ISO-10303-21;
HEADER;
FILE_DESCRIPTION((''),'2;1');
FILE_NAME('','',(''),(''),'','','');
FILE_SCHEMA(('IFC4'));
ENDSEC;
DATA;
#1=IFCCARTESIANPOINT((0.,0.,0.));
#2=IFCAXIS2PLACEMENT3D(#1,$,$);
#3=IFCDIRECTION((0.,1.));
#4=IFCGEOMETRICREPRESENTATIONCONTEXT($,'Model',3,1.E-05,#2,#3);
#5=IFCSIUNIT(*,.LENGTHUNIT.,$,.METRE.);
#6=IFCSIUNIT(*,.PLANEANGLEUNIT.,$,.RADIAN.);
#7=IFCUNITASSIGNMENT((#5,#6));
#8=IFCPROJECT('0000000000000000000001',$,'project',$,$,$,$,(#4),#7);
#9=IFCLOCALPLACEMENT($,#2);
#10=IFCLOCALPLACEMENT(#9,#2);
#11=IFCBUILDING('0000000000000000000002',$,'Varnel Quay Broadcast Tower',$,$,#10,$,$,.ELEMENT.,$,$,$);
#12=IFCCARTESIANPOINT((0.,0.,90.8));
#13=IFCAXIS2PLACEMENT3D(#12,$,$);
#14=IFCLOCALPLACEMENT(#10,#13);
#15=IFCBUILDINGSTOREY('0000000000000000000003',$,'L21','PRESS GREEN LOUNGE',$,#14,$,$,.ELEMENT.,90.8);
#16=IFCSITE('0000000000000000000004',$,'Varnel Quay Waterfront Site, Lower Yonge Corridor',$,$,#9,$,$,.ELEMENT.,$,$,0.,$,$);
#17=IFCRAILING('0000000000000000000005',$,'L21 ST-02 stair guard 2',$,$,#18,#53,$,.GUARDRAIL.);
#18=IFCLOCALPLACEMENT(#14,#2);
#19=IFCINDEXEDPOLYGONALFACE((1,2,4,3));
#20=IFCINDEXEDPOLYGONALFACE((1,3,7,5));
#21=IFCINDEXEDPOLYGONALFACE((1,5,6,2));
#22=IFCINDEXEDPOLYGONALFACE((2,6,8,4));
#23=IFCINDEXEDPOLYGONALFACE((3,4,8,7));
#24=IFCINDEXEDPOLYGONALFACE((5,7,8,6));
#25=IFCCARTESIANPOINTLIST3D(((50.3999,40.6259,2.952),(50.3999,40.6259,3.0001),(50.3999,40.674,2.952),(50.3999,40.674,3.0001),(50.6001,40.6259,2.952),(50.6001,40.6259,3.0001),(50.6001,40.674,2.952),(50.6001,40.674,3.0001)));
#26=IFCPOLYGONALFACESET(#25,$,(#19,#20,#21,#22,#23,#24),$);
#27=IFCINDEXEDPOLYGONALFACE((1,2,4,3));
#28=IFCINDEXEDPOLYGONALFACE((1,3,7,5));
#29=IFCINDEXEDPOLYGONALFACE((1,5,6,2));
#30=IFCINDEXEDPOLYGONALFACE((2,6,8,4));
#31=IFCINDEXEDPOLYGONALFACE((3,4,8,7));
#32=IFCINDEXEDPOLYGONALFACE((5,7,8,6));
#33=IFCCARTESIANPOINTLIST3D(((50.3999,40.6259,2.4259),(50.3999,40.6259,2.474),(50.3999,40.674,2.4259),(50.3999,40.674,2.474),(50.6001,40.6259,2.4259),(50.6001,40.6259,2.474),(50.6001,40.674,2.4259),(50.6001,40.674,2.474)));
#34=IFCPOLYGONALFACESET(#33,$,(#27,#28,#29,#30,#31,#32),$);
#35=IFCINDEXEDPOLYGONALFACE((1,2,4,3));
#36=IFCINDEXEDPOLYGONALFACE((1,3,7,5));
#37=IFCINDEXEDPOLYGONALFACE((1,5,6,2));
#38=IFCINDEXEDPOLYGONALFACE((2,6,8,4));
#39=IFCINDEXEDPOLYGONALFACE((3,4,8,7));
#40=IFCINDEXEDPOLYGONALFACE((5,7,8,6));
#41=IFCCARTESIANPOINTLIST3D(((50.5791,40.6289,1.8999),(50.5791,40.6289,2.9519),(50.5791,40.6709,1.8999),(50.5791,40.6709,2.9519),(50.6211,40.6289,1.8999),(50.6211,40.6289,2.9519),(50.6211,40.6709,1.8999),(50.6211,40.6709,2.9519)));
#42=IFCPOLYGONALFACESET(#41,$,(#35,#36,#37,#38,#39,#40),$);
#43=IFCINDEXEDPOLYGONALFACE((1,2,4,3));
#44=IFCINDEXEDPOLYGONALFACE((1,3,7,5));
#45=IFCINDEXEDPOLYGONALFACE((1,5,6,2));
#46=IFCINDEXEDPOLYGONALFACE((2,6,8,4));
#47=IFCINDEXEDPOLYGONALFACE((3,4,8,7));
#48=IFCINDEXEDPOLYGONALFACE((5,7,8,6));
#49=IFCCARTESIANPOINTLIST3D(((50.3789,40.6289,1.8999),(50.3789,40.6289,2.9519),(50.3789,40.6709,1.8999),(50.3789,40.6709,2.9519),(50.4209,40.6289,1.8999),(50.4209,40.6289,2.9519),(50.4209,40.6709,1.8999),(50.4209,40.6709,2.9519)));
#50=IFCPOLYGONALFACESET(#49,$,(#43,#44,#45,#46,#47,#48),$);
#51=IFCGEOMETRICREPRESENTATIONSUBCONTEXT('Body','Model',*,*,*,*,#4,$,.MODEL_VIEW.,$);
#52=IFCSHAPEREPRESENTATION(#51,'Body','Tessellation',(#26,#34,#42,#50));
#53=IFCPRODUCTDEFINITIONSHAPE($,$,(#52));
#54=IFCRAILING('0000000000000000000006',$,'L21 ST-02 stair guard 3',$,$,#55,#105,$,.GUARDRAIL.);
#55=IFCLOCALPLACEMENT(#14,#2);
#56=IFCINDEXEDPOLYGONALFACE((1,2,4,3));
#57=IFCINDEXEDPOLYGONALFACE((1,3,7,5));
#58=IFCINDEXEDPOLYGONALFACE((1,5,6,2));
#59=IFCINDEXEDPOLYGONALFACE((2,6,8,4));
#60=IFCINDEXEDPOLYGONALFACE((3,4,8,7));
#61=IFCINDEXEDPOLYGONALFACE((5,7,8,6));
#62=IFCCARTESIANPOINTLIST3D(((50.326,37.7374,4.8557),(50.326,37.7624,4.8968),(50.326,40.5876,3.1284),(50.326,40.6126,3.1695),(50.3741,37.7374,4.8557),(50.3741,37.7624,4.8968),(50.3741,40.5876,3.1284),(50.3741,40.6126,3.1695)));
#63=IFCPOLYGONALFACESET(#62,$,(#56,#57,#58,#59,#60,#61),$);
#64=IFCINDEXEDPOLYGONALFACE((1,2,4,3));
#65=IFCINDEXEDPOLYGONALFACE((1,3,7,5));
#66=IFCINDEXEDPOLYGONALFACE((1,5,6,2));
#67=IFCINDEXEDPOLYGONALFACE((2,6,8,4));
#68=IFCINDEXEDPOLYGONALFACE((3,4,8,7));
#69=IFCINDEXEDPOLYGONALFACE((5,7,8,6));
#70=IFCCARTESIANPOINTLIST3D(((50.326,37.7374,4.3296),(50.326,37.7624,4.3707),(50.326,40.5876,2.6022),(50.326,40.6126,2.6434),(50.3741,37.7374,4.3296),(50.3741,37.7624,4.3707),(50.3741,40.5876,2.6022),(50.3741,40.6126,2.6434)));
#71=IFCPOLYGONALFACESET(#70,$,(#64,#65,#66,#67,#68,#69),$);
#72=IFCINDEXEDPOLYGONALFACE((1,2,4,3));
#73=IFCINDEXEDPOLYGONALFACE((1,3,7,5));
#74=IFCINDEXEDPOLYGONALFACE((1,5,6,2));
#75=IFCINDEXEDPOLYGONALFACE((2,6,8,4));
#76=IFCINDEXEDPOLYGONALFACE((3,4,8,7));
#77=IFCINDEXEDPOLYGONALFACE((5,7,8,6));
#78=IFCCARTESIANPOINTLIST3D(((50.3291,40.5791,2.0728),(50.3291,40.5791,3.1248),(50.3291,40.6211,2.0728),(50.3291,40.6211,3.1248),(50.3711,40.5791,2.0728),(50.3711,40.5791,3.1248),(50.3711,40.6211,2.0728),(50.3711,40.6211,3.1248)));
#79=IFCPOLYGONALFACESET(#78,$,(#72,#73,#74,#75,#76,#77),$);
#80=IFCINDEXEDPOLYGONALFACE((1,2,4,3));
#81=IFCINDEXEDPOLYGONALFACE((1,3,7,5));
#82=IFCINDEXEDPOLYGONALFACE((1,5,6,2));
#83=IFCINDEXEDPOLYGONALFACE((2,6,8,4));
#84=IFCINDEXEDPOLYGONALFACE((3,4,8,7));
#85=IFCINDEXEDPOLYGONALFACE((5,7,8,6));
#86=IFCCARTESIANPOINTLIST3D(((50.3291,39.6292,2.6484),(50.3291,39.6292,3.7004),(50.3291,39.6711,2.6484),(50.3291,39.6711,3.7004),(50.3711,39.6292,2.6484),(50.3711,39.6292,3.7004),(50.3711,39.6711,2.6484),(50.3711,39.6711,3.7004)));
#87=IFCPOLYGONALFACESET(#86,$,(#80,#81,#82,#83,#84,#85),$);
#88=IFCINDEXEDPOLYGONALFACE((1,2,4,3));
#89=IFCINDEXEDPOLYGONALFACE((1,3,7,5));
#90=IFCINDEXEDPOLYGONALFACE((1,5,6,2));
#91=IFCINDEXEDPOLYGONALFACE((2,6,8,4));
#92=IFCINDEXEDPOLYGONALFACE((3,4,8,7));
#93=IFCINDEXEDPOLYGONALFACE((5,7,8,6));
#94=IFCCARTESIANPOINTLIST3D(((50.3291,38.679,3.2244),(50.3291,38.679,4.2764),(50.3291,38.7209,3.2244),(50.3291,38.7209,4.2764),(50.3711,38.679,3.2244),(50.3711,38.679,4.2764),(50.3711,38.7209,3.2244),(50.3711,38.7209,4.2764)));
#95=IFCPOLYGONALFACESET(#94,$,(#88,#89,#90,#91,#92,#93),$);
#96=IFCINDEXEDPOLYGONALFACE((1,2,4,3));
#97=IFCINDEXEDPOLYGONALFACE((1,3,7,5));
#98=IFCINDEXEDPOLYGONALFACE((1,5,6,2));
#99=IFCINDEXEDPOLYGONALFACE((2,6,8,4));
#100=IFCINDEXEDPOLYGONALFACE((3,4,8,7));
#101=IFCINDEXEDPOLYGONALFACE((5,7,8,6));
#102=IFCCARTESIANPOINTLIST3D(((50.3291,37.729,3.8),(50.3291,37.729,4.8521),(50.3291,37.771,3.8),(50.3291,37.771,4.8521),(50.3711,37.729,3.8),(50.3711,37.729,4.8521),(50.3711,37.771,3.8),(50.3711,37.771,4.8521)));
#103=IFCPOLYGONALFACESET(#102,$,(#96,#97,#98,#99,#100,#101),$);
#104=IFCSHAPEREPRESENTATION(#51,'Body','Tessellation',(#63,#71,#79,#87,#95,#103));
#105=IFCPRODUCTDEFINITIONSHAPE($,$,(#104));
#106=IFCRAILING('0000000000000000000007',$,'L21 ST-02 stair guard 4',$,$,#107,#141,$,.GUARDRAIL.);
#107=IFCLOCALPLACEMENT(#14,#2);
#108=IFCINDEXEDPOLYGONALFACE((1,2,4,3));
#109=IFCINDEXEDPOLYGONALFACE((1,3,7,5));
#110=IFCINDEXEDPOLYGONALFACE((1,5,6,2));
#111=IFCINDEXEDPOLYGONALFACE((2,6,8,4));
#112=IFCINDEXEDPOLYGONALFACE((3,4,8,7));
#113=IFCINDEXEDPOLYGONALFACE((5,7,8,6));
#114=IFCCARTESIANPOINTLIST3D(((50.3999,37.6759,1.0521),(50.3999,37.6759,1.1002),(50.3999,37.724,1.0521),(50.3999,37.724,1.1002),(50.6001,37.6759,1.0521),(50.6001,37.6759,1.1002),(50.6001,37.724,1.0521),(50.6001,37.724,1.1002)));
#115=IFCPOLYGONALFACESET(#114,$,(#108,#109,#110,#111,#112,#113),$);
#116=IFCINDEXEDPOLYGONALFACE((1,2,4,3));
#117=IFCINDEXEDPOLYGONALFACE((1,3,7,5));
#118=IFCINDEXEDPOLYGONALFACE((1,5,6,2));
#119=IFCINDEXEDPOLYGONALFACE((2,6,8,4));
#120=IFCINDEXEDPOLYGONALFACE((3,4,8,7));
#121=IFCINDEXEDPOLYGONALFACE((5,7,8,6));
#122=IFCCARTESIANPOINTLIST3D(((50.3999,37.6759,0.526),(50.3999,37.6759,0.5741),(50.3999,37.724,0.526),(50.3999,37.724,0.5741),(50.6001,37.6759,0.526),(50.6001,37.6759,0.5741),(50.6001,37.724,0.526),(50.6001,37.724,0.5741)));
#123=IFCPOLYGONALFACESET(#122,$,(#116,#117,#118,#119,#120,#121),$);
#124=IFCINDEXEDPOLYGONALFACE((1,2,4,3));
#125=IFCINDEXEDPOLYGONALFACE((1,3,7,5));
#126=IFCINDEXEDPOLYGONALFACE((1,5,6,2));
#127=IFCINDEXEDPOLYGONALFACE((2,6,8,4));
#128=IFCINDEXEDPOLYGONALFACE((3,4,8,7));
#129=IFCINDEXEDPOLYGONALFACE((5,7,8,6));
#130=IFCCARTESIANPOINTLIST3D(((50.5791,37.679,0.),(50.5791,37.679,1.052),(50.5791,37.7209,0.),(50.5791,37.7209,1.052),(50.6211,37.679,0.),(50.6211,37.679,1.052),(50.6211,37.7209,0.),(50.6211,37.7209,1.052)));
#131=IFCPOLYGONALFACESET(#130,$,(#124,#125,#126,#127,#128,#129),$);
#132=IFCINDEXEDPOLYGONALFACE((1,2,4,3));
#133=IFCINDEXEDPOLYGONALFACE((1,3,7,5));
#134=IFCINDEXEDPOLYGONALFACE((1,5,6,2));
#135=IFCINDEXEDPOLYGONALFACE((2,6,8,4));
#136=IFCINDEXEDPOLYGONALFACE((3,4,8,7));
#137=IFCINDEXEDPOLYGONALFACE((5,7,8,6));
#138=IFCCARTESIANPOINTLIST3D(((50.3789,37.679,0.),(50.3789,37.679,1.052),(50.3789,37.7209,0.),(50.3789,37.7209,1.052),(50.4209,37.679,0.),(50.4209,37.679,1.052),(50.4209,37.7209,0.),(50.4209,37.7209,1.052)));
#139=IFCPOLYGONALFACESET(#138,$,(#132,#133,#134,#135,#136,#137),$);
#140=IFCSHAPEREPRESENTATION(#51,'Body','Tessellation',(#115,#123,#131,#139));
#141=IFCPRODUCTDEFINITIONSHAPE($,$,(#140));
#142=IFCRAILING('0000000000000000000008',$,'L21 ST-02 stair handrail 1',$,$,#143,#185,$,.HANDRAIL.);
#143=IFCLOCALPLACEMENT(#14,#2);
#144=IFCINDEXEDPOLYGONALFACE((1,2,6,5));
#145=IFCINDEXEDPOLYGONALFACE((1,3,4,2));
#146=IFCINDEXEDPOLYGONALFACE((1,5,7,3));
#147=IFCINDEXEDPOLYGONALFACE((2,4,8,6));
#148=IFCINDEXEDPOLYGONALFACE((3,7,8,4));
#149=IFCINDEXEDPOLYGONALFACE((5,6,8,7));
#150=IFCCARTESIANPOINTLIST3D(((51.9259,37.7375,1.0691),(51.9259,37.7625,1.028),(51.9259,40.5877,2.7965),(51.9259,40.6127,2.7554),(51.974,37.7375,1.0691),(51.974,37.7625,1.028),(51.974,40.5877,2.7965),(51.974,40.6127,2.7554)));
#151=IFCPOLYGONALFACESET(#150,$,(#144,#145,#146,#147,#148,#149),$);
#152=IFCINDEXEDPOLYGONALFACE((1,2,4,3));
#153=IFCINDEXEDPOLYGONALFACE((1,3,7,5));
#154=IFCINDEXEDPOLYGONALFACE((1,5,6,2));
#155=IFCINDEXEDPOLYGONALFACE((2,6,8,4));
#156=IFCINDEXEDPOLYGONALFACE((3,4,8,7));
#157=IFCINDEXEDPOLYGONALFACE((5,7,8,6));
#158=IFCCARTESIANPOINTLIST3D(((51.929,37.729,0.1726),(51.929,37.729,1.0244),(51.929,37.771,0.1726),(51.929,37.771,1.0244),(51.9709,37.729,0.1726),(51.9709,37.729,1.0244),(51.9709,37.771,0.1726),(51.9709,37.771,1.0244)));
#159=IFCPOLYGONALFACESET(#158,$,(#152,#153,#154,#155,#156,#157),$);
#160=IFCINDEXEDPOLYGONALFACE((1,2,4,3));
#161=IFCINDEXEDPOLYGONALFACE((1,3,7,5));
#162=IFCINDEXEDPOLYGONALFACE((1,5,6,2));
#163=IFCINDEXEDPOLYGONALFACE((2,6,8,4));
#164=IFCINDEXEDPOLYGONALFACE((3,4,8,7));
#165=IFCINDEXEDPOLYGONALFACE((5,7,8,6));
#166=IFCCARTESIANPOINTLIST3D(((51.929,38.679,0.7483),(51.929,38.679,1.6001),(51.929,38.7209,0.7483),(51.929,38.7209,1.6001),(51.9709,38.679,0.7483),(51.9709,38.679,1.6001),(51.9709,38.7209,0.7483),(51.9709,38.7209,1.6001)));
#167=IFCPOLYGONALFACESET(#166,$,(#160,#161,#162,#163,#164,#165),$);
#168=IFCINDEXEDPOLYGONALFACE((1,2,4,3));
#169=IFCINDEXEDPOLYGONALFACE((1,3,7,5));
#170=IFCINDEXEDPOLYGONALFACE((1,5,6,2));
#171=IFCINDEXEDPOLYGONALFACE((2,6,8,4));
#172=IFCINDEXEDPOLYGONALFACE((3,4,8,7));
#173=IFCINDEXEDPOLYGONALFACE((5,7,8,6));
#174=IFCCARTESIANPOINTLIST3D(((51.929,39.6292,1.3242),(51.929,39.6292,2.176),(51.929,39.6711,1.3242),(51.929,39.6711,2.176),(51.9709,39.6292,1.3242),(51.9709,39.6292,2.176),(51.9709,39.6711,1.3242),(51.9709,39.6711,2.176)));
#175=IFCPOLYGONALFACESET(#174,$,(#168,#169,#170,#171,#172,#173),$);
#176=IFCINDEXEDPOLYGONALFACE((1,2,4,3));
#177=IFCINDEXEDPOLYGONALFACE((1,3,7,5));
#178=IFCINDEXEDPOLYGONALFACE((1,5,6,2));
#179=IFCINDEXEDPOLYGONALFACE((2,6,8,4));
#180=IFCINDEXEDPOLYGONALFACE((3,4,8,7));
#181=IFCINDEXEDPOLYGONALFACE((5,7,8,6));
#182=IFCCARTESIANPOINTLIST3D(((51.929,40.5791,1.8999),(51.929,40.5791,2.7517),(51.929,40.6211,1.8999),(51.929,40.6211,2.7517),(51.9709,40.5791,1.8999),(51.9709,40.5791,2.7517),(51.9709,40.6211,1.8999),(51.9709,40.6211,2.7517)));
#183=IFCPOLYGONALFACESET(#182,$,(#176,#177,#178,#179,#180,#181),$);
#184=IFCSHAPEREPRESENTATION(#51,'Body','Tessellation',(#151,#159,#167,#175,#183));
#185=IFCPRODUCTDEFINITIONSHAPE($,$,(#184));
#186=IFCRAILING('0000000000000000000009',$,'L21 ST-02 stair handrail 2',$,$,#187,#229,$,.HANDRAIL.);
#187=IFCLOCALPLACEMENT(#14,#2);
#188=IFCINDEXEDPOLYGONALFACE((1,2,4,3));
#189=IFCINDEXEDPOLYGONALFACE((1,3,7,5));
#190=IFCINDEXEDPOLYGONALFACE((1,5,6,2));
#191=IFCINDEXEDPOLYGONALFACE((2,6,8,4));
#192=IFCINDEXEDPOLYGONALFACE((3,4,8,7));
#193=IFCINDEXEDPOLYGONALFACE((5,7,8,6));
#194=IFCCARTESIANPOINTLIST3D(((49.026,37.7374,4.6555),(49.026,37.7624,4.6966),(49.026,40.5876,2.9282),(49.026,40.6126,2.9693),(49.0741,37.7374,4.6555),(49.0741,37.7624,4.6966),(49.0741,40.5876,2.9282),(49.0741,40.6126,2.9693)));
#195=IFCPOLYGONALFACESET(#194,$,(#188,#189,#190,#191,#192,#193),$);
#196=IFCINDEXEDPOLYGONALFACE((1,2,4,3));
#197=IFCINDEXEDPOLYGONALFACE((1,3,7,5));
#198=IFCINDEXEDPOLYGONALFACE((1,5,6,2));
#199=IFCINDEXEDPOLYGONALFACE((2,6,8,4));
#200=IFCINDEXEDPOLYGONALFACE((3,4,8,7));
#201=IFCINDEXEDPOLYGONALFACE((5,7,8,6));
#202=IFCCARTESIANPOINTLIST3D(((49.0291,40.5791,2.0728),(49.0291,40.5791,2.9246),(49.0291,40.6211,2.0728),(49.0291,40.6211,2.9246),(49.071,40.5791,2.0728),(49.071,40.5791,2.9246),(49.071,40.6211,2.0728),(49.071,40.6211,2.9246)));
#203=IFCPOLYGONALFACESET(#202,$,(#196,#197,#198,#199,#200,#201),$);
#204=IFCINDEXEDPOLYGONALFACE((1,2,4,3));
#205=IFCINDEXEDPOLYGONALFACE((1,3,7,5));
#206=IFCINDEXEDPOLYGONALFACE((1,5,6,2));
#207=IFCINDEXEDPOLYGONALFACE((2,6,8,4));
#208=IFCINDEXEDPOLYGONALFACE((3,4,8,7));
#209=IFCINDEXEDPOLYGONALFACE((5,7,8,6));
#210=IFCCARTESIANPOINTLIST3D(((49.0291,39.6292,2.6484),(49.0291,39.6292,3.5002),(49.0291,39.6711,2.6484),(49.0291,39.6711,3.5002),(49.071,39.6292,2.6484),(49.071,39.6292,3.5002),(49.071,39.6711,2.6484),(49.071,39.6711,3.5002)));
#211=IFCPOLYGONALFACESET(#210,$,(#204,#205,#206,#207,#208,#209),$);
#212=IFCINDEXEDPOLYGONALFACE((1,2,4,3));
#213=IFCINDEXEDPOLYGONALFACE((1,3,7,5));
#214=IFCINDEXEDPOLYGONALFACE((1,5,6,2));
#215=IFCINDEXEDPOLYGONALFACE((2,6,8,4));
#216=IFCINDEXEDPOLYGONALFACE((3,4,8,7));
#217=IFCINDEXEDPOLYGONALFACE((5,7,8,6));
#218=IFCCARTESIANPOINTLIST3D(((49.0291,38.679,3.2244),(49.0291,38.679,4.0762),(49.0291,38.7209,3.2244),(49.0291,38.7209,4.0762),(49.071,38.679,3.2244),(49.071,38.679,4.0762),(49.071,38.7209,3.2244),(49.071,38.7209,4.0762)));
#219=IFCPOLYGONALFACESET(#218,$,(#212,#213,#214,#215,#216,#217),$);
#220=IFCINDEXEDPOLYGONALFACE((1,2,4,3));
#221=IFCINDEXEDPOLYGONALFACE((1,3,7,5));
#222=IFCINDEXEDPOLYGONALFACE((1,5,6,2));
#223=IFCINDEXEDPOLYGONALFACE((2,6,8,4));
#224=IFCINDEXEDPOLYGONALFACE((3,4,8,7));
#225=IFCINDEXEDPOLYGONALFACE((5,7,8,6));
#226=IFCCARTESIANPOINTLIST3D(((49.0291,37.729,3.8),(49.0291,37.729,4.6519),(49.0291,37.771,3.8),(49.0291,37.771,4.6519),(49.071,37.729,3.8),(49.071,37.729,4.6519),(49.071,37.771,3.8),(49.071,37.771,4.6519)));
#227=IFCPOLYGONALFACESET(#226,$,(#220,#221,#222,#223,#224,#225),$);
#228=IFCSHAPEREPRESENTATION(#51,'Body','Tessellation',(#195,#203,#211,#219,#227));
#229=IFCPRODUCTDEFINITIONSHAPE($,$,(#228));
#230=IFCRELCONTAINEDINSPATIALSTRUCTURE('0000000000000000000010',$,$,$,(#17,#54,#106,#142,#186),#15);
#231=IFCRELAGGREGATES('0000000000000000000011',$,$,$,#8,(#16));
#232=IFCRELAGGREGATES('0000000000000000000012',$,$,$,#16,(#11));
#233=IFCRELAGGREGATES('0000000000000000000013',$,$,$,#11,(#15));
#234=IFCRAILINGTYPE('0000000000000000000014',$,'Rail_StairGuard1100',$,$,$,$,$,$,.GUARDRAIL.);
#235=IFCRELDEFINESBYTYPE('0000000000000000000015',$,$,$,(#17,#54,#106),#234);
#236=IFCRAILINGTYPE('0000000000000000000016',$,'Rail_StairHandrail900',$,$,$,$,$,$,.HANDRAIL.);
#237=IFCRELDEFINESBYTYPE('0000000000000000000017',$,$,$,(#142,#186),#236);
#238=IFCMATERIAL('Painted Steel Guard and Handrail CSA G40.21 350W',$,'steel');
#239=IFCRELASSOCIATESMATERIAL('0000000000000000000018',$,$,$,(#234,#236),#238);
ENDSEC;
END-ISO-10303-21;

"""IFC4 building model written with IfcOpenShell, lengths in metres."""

from ifc_helpers import new_model, si_unit, direction, frame, origin, origin_2d, place, context, subcontext, project, spatial, rectangle, extrude, material, type_object, element, save


model = new_model("IFC4")

# Units and contexts
model_context = context("Model", 3, precision=1e-05, world=origin(), true_north=direction((0.0, 1.0)))
body_context = subcontext(model_context, "Body", "Model", "MODEL_VIEW")
ifc_project = project(units=[si_unit("LENGTHUNIT", "METRE"), si_unit("PLANEANGLEUNIT", "RADIAN")], contexts=[model_context])

# Site, building, storey
site_placement = place(None, origin())
site = spatial("IfcSite", under=ifc_project, at=site_placement, Name="Varnel Quay Waterfront Site, Lower Yonge Corridor", CompositionType="ELEMENT", RefElevation=0.0)
building_placement = place(site_placement, origin())
building = spatial("IfcBuilding", under=site, at=building_placement, Name="Varnel Quay Broadcast Tower", CompositionType="ELEMENT")
storey_placement = place(building_placement, frame((0.0, 0.0, 90.8)))
storey = spatial("IfcBuildingStorey", under=building, at=storey_placement, Name="L21", Description="PRESS GREEN LOUNGE", CompositionType="ELEMENT", Elevation=90.8)

# Railings
ifc_material_1 = material(Name="Painted Steel Guard and Handrail CSA G40.21 350W", Category="steel")
railing_type_1 = type_object("IfcRailingType", Name="Rail_StairGuard1100", PredefinedType="GUARDRAIL", material=ifc_material_1)
railing_1_placement = place(storey_placement, frame((50.6001, 40.6499, 1.8999)))
element("IfcRailing", 1, at=railing_1_placement, inside=storey, type_object=railing_type_1, Name="L21 ST-02 stair guard 2", PredefinedType="GUARDRAIL", context=body_context, shape_type="SweptSolid", body=[
    extrude(rectangle(XDim=0.0481, YDim=0.0481, at=origin_2d()), frame((0.0, 0.0, 1.0762), z_axis=(-1.0, 0.0, 0.0), x_axis=(0.0, -1.0, 0.0)), (0.0, 0.0, 1.0), 0.2002),
    extrude(rectangle(XDim=0.0481, YDim=0.0481, at=origin_2d()), frame((0.0, 0.0, 0.55), z_axis=(-1.0, 0.0, 0.0), x_axis=(0.0, -1.0, 0.0)), (0.0, 0.0, 1.0), 0.2002),
    extrude(rectangle(XDim=0.042, YDim=0.042, at=origin_2d()), origin(), (0.0, 0.0, 1.0), 1.052),
    extrude(rectangle(XDim=0.042, YDim=0.042, at=origin_2d()), frame((-0.2002, 0.0, 0.0)), (0.0, 0.0, 1.0), 1.052),
])
railing_2_placement = place(storey_placement, frame((50.3501, 40.6001, 2.0728)))
element("IfcRailing", 2, at=railing_2_placement, inside=storey, type_object=railing_type_1, Name="L21 ST-02 stair guard 3", PredefinedType="GUARDRAIL", context=body_context, shape_type="SweptSolid", body=[
    extrude(rectangle(XDim=0.0481, YDim=0.0481, at=origin_2d()), frame((0.0, 0.0, 1.0762), z_axis=(0.0, -0.855203, 0.518294), x_axis=(1.0, 0.0, 0.0)), (0.0, 0.0, 1.0), 3.3328),
    extrude(rectangle(XDim=0.0481, YDim=0.0481, at=origin_2d()), frame((0.0, 0.0, 0.55), z_axis=(0.0, -0.855203, 0.518294), x_axis=(1.0, 0.0, 0.0)), (0.0, 0.0, 1.0), 3.3328),
    extrude(rectangle(XDim=0.042, YDim=0.042, at=origin_2d()), origin(), (0.0, 0.0, 1.0), 1.052),
    extrude(rectangle(XDim=0.042, YDim=0.042, at=origin_2d()), frame((0.0, -0.95, 0.5757)), (0.0, 0.0, 1.0), 1.052),
    extrude(rectangle(XDim=0.042, YDim=0.042, at=origin_2d()), frame((0.0, -1.9001, 1.1516)), (0.0, 0.0, 1.0), 1.052),
    extrude(rectangle(XDim=0.042, YDim=0.042, at=origin_2d()), frame((0.0, -2.8501, 1.7273)), (0.0, 0.0, 1.0), 1.052),
])
railing_3_placement = place(storey_placement, frame((50.6001, 37.7, 0.0)))
element("IfcRailing", 3, at=railing_3_placement, inside=storey, type_object=railing_type_1, Name="L21 ST-02 stair guard 4", PredefinedType="GUARDRAIL", context=body_context, shape_type="SweptSolid", body=[
    extrude(rectangle(XDim=0.0481, YDim=0.0481, at=origin_2d()), frame((0.0, 0.0, 1.0762), z_axis=(-1.0, 0.0, 0.0), x_axis=(0.0, -1.0, 0.0)), (0.0, 0.0, 1.0), 0.2002),
    extrude(rectangle(XDim=0.0481, YDim=0.0481, at=origin_2d()), frame((0.0, 0.0, 0.55), z_axis=(-1.0, 0.0, 0.0), x_axis=(0.0, -1.0, 0.0)), (0.0, 0.0, 1.0), 0.2002),
    extrude(rectangle(XDim=0.042, YDim=0.042, at=origin_2d()), origin(), (0.0, 0.0, 1.0), 1.052),
    extrude(rectangle(XDim=0.042, YDim=0.042, at=origin_2d()), frame((-0.2002, 0.0, 0.0)), (0.0, 0.0, 1.0), 1.052),
])
railing_type_2 = type_object("IfcRailingType", Name="Rail_StairHandrail900", PredefinedType="HANDRAIL", material=ifc_material_1)
railing_4_placement = place(storey_placement, frame((51.95, 37.75, 0.1726)))
element("IfcRailing", 4, at=railing_4_placement, inside=storey, type_object=railing_type_2, Name="L21 ST-02 stair handrail 1", PredefinedType="HANDRAIL", context=body_context, shape_type="SweptSolid", body=[
    extrude(rectangle(XDim=0.0481, YDim=0.0481, at=origin_2d()), frame((0.0, 0.0, 0.876), z_axis=(0.0, 0.855203, 0.518294), x_axis=(-1.0, 0.0, 0.0)), (0.0, 0.0, 1.0), 3.3328),
    extrude(rectangle(XDim=0.042, YDim=0.042, at=origin_2d()), origin(), (0.0, 0.0, 1.0), 0.8518),
    extrude(rectangle(XDim=0.042, YDim=0.042, at=origin_2d()), frame((0.0, 0.95, 0.5757)), (0.0, 0.0, 1.0), 0.8518),
    extrude(rectangle(XDim=0.042, YDim=0.042, at=origin_2d()), frame((0.0, 1.9001, 1.1516)), (0.0, 0.0, 1.0), 0.8518),
    extrude(rectangle(XDim=0.042, YDim=0.042, at=origin_2d()), frame((0.0, 2.8501, 1.7273)), (0.0, 0.0, 1.0), 0.8518),
])
railing_5_placement = place(storey_placement, frame((49.05, 40.6001, 2.0728)))
element("IfcRailing", 5, at=railing_5_placement, inside=storey, type_object=railing_type_2, Name="L21 ST-02 stair handrail 2", PredefinedType="HANDRAIL", context=body_context, shape_type="SweptSolid", body=[
    extrude(rectangle(XDim=0.0481, YDim=0.0481, at=origin_2d()), frame((0.0, 0.0, 0.876), z_axis=(0.0, -0.855203, 0.518294), x_axis=(1.0, 0.0, 0.0)), (0.0, 0.0, 1.0), 3.3328),
    extrude(rectangle(XDim=0.042, YDim=0.042, at=origin_2d()), origin(), (0.0, 0.0, 1.0), 0.8518),
    extrude(rectangle(XDim=0.042, YDim=0.042, at=origin_2d()), frame((0.0, -0.95, 0.5757)), (0.0, 0.0, 1.0), 0.8518),
    extrude(rectangle(XDim=0.042, YDim=0.042, at=origin_2d()), frame((0.0, -1.9001, 1.1516)), (0.0, 0.0, 1.0), 0.8518),
    extrude(rectangle(XDim=0.042, YDim=0.042, at=origin_2d()), frame((0.0, -2.8501, 1.7273)), (0.0, 0.0, 1.0), 0.8518),
])

save(model, "model.ifc")
